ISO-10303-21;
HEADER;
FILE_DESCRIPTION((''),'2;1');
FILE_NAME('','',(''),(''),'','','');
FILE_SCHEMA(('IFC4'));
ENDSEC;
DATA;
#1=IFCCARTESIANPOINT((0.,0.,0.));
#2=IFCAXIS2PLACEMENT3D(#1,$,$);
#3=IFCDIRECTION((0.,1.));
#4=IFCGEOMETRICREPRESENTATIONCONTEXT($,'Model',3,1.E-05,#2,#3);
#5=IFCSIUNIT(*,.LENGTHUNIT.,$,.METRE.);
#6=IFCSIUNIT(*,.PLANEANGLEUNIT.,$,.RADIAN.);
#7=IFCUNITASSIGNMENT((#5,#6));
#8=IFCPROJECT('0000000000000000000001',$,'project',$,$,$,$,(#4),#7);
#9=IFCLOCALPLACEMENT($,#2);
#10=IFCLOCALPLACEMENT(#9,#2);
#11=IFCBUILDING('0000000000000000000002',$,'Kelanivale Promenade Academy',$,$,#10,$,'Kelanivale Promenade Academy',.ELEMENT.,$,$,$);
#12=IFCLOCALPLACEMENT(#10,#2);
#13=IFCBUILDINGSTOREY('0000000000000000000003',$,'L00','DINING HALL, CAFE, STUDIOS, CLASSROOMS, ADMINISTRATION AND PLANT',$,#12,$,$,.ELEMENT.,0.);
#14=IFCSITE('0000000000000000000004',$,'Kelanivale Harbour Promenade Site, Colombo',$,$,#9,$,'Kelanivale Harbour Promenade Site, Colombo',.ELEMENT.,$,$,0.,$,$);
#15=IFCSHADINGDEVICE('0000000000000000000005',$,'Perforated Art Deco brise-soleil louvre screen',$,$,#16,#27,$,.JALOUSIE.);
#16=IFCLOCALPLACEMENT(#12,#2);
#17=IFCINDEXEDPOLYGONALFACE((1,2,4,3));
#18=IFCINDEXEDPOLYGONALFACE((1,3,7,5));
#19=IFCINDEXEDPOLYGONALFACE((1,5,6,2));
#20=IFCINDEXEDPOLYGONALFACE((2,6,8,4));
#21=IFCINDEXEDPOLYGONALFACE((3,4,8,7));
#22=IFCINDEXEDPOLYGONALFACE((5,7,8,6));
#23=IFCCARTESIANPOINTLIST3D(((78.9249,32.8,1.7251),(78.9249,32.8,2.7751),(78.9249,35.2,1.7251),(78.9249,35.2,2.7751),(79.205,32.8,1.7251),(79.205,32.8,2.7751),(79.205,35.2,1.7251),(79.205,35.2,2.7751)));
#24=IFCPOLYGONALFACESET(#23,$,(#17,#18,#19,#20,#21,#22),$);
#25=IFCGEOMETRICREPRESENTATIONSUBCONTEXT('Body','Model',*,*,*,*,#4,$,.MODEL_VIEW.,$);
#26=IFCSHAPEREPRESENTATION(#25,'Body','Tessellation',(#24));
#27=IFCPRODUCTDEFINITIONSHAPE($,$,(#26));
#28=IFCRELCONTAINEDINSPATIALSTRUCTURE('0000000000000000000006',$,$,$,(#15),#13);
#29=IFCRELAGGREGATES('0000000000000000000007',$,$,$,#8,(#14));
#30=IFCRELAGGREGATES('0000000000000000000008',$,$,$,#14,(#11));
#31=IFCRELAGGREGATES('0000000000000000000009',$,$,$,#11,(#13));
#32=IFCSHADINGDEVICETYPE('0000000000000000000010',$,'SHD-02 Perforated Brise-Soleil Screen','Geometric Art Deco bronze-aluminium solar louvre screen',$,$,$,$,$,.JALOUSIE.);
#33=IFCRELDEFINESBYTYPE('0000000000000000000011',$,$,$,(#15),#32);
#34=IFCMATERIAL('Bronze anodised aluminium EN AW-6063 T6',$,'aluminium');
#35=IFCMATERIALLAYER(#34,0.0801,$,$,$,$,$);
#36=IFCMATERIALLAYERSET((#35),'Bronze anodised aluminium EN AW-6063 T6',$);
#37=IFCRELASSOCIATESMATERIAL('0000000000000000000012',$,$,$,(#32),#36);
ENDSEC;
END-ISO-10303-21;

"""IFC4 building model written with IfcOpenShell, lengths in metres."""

from ifc_helpers import new_model, si_unit, direction, frame, origin, origin_2d, place, context, subcontext, project, spatial, rectangle, extrude, material, layer, layer_set, type_object, element, save


model = new_model("IFC4")

# Units and contexts
model_context = context("Model", 3, precision=1e-05, world=origin(), true_north=direction((0.0, 1.0)))
body_context = subcontext(model_context, "Body", "Model", "MODEL_VIEW")
ifc_project = project(units=[si_unit("LENGTHUNIT", "METRE"), si_unit("PLANEANGLEUNIT", "RADIAN")], contexts=[model_context])

# Site, building, storey
site_placement = place(None, origin())
site = spatial("IfcSite", under=ifc_project, at=site_placement, Name="Kelanivale Harbour Promenade Site, Colombo", LongName="Kelanivale Harbour Promenade Site, Colombo", CompositionType="ELEMENT", RefElevation=0.0)
building_placement = place(site_placement, origin())
building = spatial("IfcBuilding", under=site, at=building_placement, Name="Kelanivale Promenade Academy", LongName="Kelanivale Promenade Academy", CompositionType="ELEMENT")
storey_placement = place(building_placement, origin())
storey = spatial("IfcBuildingStorey", under=building, at=storey_placement, Name="L00", Description="DINING HALL, CAFE, STUDIOS, CLASSROOMS, ADMINISTRATION AND PLANT", CompositionType="ELEMENT", Elevation=0.0)

# Shading device
ifc_material_1 = material(Name="Bronze anodised aluminium EN AW-6063 T6", Category="aluminium")
ifc_layer_1 = layer(ifc_material_1, 0.0801)
ifc_layer_set_1 = layer_set([ifc_layer_1], Name="Bronze anodised aluminium EN AW-6063 T6")
shading_device_type_1 = type_object("IfcShadingDeviceType", Name="SHD-02 Perforated Brise-Soleil Screen", Description="Geometric Art Deco bronze-aluminium solar louvre screen", PredefinedType="JALOUSIE", material=ifc_layer_set_1)
shading_device_1_placement = place(storey_placement, frame((79.0649, 34.0, 1.7251), z_axis=(0.0, 0.0, 1.0), x_axis=(0.0, -1.0, 0.0)))
element("IfcShadingDevice", 1, at=shading_device_1_placement, inside=storey, type_object=shading_device_type_1, Name="Perforated Art Deco brise-soleil louvre screen", PredefinedType="JALOUSIE", context=body_context, shape_type="SweptSolid", body=[
    extrude(rectangle(XDim=2.3999, YDim=0.28, at=origin_2d()), origin(), (0.0, 0.0, 1.0), 1.05),
])

save(model, "model.ifc")
